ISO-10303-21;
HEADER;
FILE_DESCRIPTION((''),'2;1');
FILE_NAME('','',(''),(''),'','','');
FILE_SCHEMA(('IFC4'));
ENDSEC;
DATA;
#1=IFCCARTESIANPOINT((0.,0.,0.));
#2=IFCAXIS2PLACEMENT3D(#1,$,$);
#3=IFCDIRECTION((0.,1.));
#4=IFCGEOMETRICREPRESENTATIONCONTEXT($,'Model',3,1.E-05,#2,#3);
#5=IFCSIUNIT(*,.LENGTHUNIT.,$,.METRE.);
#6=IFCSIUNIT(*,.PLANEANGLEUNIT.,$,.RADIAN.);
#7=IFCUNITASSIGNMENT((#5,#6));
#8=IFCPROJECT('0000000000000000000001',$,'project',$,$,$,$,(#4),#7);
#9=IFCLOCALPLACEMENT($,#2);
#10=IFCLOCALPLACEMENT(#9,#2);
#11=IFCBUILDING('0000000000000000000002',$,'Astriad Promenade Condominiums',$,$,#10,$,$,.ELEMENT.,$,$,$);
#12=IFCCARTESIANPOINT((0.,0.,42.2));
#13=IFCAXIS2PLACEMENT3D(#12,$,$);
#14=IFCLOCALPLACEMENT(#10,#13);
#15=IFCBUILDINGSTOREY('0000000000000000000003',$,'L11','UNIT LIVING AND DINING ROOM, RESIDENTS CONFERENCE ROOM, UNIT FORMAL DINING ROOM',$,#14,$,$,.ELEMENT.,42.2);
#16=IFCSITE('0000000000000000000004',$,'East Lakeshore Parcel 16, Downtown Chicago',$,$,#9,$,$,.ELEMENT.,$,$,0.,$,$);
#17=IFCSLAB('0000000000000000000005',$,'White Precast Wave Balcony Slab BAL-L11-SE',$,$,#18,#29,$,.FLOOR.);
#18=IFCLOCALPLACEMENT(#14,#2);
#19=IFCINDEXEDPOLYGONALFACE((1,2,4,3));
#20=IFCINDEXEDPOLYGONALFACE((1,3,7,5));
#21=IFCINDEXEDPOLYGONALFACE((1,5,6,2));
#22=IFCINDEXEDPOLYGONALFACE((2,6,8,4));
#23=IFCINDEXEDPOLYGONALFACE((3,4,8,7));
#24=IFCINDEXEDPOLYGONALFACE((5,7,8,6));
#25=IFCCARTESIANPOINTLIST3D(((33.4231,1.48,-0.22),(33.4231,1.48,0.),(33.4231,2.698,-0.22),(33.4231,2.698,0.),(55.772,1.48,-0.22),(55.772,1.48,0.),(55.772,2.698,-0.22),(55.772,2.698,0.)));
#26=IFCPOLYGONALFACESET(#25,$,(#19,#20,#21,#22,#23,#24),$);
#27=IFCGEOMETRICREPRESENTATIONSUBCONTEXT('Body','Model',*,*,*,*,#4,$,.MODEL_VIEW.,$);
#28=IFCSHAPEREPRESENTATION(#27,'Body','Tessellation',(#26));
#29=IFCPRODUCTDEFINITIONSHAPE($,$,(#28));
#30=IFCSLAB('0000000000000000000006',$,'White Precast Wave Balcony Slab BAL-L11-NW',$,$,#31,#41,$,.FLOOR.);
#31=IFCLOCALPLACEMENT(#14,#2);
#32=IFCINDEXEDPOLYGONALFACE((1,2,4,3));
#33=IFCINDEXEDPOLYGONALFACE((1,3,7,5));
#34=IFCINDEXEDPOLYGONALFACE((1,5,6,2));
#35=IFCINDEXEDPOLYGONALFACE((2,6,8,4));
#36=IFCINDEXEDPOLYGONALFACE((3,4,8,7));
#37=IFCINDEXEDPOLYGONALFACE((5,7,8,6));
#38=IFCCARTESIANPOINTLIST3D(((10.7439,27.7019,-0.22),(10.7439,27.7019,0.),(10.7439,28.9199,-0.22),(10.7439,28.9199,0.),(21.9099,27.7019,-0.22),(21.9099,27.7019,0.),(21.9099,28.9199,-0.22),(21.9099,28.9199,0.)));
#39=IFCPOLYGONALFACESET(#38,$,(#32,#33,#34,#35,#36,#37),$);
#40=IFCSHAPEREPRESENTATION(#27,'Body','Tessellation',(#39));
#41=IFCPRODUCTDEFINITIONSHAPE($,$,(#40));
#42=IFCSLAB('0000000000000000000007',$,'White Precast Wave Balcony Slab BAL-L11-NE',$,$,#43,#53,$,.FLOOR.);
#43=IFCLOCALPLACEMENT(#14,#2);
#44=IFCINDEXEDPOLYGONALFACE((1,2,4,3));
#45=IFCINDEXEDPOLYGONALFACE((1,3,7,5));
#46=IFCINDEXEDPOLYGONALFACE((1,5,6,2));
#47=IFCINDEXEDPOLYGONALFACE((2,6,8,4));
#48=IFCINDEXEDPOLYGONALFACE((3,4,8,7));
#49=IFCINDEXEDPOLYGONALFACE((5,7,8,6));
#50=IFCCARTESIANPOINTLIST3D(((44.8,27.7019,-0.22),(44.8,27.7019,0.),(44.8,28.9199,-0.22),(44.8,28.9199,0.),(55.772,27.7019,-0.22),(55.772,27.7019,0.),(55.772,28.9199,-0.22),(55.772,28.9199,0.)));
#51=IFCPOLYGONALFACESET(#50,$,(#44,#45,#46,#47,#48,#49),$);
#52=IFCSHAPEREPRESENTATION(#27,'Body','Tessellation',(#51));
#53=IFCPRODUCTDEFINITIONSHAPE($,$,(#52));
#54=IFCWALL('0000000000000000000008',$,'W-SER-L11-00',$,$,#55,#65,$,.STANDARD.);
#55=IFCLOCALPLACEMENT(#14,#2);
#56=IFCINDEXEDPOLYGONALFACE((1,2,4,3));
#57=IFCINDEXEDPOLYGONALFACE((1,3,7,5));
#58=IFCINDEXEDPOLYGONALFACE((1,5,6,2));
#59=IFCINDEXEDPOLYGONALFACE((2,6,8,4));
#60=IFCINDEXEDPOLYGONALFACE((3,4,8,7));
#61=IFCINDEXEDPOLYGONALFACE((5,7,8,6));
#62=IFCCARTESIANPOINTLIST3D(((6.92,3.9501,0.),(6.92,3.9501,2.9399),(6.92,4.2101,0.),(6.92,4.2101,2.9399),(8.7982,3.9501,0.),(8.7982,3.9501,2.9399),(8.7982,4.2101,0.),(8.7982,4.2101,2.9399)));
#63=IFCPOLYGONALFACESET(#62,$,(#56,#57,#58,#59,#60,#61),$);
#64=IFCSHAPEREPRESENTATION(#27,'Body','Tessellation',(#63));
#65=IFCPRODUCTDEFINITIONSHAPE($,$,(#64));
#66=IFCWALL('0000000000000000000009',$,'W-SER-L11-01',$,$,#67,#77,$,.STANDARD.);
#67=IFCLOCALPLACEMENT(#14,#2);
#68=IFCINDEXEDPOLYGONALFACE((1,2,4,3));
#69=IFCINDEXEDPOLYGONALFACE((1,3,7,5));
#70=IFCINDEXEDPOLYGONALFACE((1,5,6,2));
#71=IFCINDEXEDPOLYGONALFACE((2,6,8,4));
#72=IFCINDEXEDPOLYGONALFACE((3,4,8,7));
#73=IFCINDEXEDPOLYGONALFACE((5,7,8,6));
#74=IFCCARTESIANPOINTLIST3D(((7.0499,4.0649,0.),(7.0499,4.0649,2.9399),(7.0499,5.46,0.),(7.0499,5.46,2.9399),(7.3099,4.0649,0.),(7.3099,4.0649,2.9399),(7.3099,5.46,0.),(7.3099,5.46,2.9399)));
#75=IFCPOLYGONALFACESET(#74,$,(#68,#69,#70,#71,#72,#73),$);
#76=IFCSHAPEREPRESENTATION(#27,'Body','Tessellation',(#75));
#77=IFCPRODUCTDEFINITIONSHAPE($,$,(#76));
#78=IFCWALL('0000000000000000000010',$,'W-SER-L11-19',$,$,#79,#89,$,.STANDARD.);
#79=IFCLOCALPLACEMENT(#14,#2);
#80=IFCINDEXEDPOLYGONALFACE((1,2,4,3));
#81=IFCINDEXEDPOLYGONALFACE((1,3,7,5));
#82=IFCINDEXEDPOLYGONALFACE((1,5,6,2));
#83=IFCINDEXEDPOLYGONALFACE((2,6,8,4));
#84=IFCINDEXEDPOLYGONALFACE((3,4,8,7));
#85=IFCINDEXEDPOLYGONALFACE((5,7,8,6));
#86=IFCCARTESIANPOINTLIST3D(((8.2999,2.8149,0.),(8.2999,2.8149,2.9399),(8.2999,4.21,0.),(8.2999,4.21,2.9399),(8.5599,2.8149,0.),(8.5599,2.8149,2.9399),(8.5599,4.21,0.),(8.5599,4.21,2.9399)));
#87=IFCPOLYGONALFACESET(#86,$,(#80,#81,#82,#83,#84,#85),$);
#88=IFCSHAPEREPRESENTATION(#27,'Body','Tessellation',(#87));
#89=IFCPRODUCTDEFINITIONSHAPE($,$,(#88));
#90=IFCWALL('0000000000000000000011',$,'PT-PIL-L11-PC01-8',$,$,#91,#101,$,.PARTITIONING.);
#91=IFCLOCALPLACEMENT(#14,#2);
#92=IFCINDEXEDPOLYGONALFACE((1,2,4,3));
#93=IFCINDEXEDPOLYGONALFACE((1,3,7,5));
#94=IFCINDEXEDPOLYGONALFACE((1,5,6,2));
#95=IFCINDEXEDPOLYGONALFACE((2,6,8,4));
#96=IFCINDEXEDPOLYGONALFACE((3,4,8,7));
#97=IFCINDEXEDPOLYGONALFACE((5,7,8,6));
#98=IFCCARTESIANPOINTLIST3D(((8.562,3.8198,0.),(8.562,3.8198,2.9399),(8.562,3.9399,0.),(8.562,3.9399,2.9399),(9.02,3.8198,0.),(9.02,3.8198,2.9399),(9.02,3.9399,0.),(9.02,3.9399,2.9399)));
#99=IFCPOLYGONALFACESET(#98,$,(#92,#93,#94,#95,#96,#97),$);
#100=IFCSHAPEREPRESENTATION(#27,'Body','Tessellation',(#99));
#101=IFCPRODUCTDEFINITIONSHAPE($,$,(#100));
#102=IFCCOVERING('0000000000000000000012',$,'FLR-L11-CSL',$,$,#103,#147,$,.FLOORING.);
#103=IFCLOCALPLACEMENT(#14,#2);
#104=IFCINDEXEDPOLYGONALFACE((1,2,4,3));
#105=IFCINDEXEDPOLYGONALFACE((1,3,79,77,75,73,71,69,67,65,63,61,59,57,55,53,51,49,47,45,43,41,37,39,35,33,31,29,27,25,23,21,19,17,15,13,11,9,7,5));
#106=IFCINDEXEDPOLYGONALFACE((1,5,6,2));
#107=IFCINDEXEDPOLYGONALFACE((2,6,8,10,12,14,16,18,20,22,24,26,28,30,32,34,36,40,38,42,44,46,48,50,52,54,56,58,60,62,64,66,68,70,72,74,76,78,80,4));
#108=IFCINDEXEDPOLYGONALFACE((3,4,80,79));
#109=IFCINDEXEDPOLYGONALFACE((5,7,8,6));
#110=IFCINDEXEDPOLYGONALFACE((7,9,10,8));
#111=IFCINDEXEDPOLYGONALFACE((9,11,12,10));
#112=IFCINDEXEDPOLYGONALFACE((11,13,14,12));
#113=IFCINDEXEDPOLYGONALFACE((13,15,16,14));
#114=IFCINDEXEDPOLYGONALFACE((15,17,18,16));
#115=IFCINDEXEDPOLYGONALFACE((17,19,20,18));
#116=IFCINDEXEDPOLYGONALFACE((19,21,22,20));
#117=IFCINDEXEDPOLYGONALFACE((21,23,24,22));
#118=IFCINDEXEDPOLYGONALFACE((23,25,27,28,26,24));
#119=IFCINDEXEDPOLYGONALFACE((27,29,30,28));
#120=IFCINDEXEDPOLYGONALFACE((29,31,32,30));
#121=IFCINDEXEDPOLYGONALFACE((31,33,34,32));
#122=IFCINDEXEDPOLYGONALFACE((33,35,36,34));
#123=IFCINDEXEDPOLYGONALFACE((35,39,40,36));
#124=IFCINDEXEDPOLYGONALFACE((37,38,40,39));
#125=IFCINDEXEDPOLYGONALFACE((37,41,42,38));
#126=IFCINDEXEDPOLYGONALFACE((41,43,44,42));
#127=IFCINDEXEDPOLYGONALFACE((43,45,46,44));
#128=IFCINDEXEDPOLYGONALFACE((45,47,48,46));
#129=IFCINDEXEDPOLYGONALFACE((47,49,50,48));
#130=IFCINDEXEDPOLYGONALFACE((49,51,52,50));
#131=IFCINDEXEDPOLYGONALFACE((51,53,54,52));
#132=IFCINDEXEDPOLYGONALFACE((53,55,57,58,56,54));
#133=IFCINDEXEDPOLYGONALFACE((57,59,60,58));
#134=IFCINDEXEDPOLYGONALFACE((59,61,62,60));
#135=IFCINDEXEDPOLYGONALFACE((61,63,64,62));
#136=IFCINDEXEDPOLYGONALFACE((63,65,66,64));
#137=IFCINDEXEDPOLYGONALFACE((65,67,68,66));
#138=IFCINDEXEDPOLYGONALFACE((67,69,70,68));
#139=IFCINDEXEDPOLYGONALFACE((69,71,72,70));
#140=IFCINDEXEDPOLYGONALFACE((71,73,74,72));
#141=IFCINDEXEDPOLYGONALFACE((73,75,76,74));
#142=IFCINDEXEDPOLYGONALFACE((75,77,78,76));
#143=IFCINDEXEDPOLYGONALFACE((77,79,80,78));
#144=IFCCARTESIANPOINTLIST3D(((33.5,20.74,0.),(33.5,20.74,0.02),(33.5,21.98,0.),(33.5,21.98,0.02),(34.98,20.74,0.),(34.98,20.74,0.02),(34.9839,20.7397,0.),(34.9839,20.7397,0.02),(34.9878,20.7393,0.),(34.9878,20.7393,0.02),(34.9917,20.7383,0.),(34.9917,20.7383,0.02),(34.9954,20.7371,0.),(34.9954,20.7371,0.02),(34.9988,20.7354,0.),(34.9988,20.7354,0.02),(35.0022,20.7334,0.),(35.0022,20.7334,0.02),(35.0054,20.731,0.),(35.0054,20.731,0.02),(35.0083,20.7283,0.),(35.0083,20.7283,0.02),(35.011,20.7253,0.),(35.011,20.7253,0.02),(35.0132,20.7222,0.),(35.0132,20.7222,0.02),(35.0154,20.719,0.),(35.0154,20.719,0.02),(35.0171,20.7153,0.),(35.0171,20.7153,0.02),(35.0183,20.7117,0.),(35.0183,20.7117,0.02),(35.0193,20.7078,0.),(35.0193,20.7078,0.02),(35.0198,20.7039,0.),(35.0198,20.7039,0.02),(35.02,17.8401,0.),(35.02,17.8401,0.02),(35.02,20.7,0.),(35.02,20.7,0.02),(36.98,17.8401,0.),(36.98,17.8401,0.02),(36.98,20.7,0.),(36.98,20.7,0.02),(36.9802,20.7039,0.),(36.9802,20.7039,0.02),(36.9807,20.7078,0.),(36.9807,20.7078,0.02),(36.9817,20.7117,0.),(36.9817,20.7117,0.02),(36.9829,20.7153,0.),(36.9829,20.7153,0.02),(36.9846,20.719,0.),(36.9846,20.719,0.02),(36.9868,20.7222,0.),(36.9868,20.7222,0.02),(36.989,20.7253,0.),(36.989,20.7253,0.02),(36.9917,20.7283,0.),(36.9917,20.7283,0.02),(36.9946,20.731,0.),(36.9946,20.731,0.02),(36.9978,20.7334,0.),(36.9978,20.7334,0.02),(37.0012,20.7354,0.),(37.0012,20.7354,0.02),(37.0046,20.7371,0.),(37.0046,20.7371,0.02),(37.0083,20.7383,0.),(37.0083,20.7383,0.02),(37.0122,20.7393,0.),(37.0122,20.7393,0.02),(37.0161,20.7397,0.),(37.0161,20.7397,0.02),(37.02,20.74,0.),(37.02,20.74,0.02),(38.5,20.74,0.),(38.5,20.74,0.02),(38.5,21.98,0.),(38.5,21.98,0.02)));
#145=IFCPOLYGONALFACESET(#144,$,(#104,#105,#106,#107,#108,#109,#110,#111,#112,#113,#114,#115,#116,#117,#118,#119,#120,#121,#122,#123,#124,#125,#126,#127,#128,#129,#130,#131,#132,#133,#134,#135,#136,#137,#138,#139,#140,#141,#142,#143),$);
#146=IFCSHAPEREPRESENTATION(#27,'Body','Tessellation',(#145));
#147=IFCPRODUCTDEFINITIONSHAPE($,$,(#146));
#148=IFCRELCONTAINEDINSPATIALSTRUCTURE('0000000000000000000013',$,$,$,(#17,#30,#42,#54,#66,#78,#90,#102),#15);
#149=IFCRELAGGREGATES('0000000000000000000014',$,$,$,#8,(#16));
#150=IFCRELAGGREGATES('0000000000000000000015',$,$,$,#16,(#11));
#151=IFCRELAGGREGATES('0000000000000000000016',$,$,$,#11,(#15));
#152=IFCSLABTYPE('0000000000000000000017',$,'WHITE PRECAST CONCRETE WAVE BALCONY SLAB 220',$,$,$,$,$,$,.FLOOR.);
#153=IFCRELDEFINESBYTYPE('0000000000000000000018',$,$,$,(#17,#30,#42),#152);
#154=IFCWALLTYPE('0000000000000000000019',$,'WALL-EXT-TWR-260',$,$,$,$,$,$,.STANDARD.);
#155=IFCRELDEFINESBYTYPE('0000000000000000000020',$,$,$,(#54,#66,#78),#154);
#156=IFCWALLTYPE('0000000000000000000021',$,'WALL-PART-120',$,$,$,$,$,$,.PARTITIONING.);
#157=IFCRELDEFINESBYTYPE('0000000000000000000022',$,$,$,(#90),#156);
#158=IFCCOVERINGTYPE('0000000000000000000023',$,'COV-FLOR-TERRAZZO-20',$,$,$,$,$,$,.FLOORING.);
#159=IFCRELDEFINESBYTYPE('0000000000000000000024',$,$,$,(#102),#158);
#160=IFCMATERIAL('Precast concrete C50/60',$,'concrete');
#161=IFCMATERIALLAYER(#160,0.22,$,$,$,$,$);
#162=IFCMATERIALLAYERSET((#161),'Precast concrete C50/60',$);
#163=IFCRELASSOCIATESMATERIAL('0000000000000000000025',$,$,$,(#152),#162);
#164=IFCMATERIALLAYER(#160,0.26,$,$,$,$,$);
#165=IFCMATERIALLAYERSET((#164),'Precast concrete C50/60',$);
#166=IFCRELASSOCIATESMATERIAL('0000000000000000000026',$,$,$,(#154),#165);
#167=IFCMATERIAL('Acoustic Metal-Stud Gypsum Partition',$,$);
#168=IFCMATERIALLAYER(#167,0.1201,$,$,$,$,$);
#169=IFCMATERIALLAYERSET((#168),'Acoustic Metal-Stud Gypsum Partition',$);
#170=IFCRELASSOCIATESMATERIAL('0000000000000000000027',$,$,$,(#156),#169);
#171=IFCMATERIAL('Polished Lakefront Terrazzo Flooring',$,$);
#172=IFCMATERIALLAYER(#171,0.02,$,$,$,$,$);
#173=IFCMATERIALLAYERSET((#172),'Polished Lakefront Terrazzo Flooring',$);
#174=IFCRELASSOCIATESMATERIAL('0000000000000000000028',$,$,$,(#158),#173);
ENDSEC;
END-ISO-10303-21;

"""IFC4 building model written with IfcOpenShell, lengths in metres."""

from ifc_helpers import new_model, si_unit, direction, frame, frame_2d, origin, place, context, subcontext, project, spatial, polyline, rectangle, outline, extrude, material, layer, layer_set, type_object, element, save


model = new_model("IFC4")

# Units and contexts
model_context = context("Model", 3, precision=1e-05, world=origin(), true_north=direction((0.0, 1.0)))
body_context = subcontext(model_context, "Body", "Model", "MODEL_VIEW")
ifc_project = project(units=[si_unit("LENGTHUNIT", "METRE"), si_unit("PLANEANGLEUNIT", "RADIAN")], contexts=[model_context])

# Site, building, storey
site_placement = place(None, origin())
site = spatial("IfcSite", under=ifc_project, at=site_placement, Name="East Lakeshore Parcel 16, Downtown Chicago", CompositionType="ELEMENT", RefElevation=0.0)
building_placement = place(site_placement, origin())
building = spatial("IfcBuilding", under=site, at=building_placement, Name="Astriad Promenade Condominiums", CompositionType="ELEMENT")
storey_placement = place(building_placement, frame((0.0, 0.0, 42.2)))
storey = spatial("IfcBuildingStorey", under=building, at=storey_placement, Name="L11", Description="UNIT LIVING AND DINING ROOM, RESIDENTS CONFERENCE ROOM, UNIT FORMAL DINING ROOM", CompositionType="ELEMENT", Elevation=42.2)

# Slabs
ifc_material_1 = material(Name="Precast concrete C50/60", Category="concrete")
ifc_layer_1 = layer(ifc_material_1, 0.22)
ifc_layer_set_1 = layer_set([ifc_layer_1], Name="Precast concrete C50/60")
slab_type_1 = type_object("IfcSlabType", Name="WHITE PRECAST CONCRETE WAVE BALCONY SLAB 220", PredefinedType="FLOOR", material=ifc_layer_set_1)
slab_1_placement = place(storey_placement, frame((0.0, 0.0, -0.22)))
element("IfcSlab", 1, at=slab_1_placement, inside=storey, type_object=slab_type_1, Name="White Precast Wave Balcony Slab BAL-L11-SE", PredefinedType="FLOOR", context=body_context, shape_type="SweptSolid", body=[
    extrude(outline(polyline([(55.772, 1.48), (33.4231, 1.48), (33.4231, 2.698), (55.772, 2.698), (55.772, 1.48)])), origin(), (0.0, 0.0, 1.0), 0.22),
])
slab_2_placement = place(storey_placement, frame((0.0, 0.0, -0.22)))
element("IfcSlab", 2, at=slab_2_placement, inside=storey, type_object=slab_type_1, Name="White Precast Wave Balcony Slab BAL-L11-NW", PredefinedType="FLOOR", context=body_context, shape_type="SweptSolid", body=[
    extrude(outline(polyline([(10.7439, 28.9199), (21.9099, 28.9199), (21.9099, 27.7019), (10.7439, 27.7019), (10.7439, 28.9199)])), origin(), (0.0, 0.0, 1.0), 0.22),
])
slab_3_placement = place(storey_placement, frame((0.0, 0.0, -0.22)))
element("IfcSlab", 3, at=slab_3_placement, inside=storey, type_object=slab_type_1, Name="White Precast Wave Balcony Slab BAL-L11-NE", PredefinedType="FLOOR", context=body_context, shape_type="SweptSolid", body=[
    extrude(outline(polyline([(44.8, 28.9199), (55.772, 28.9199), (55.772, 27.7019), (44.8, 27.7019), (44.8, 28.9199)])), origin(), (0.0, 0.0, 1.0), 0.22),
])

# Walls
ifc_layer_2 = layer(ifc_material_1, 0.26)
ifc_layer_set_2 = layer_set([ifc_layer_2], Name="Precast concrete C50/60")
wall_type_1 = type_object("IfcWallType", Name="WALL-EXT-TWR-260", PredefinedType="STANDARD", material=ifc_layer_set_2)
wall_1_placement = place(storey_placement, frame((8.7981, 4.0801, 0.0), z_axis=(0.0, 0.0, 1.0), x_axis=(-1.0, 0.0, 0.0)))
element("IfcWall", 4, at=wall_1_placement, inside=storey, type_object=wall_type_1, Name="W-SER-L11-00", PredefinedType="STANDARD", context=body_context, shape_type="SweptSolid", body=[
    extrude(rectangle(XDim=1.8782, YDim=0.26, at=frame_2d((0.939, 0.0))), origin(), (0.0, 0.0, 1.0), 2.9399),
])
for number, where, z_axis, x_axis, name in (
    (5, (7.1799, 4.0649, 0.0), (0.0, 0.0, 1.0), (0.0, 1.0, 0.0), "W-SER-L11-01"),
    (6, (8.4299, 2.8149, 0.0), (0.0, 0.0, 1.0), (0.0, 1.0, 0.0), "W-SER-L11-19"),
):
    element("IfcWall", number, at=place(storey_placement, frame(where, z_axis=z_axis, x_axis=x_axis)), inside=storey, type_object=wall_type_1, Name=name, PredefinedType="STANDARD", context=body_context, shape_type="SweptSolid", body=[
        extrude(rectangle(XDim=1.395, YDim=0.26, at=frame_2d((0.6975, 0.0))), origin(), (0.0, 0.0, 1.0), 2.9399),
    ])
ifc_material_2 = material(Name="Acoustic Metal-Stud Gypsum Partition")
ifc_layer_3 = layer(ifc_material_2, 0.1201)
ifc_layer_set_3 = layer_set([ifc_layer_3], Name="Acoustic Metal-Stud Gypsum Partition")
wall_type_2 = type_object("IfcWallType", Name="WALL-PART-120", PredefinedType="PARTITIONING", material=ifc_layer_set_3)
wall_2_placement = place(storey_placement, frame((9.02, 3.8799, 0.0), z_axis=(0.0, 0.0, 1.0), x_axis=(-1.0, 0.0, 0.0)))
element("IfcWall", 7, at=wall_2_placement, inside=storey, type_object=wall_type_2, Name="PT-PIL-L11-PC01-8", PredefinedType="PARTITIONING", context=body_context, shape_type="SweptSolid", body=[
    extrude(rectangle(XDim=0.458, YDim=0.1201, at=frame_2d((0.229, 0.0))), origin(), (0.0, 0.0, 1.0), 2.9399),
])

# Covering
ifc_material_3 = material(Name="Polished Lakefront Terrazzo Flooring")
ifc_layer_4 = layer(ifc_material_3, 0.02)
ifc_layer_set_4 = layer_set([ifc_layer_4], Name="Polished Lakefront Terrazzo Flooring")
covering_type = type_object("IfcCoveringType", Name="COV-FLOR-TERRAZZO-20", PredefinedType="FLOORING", material=ifc_layer_set_4)
covering_1_placement = place(storey_placement, origin())
element("IfcCovering", 8, at=covering_1_placement, inside=storey, type_object=covering_type, Name="FLR-L11-CSL", PredefinedType="FLOORING", context=body_context, shape_type="SweptSolid", body=[
    extrude(outline(polyline([(36.98, 20.7), (36.98, 17.8401), (35.02, 17.8401), (35.02, 20.7), (35.0198, 20.7039), (35.0193, 20.7078), (35.0183, 20.7117), (35.0171, 20.7153), (35.0154, 20.719), (35.0132, 20.7222), (35.011, 20.7253), (35.0083, 20.7283), (35.0054, 20.731), (35.0022, 20.7334), (34.9988, 20.7354), (34.9954, 20.7371), (34.9917, 20.7383), (34.9878, 20.7393), (34.9839, 20.7397), (34.98, 20.74), (33.5, 20.74), (33.5, 21.98), (38.5, 21.98), (38.5, 20.74), (37.02, 20.74), (37.0161, 20.7397), (37.0122, 20.7393), (37.0083, 20.7383), (37.0046, 20.7371), (37.0012, 20.7354), (36.9978, 20.7334), (36.9946, 20.731), (36.9917, 20.7283), (36.989, 20.7253), (36.9868, 20.7222), (36.9846, 20.719), (36.9829, 20.7153), (36.9817, 20.7117), (36.9807, 20.7078), (36.9802, 20.7039), (36.98, 20.7)])), origin(), (0.0, 0.0, 1.0), 0.02),
])

save(model, "model.ifc")
